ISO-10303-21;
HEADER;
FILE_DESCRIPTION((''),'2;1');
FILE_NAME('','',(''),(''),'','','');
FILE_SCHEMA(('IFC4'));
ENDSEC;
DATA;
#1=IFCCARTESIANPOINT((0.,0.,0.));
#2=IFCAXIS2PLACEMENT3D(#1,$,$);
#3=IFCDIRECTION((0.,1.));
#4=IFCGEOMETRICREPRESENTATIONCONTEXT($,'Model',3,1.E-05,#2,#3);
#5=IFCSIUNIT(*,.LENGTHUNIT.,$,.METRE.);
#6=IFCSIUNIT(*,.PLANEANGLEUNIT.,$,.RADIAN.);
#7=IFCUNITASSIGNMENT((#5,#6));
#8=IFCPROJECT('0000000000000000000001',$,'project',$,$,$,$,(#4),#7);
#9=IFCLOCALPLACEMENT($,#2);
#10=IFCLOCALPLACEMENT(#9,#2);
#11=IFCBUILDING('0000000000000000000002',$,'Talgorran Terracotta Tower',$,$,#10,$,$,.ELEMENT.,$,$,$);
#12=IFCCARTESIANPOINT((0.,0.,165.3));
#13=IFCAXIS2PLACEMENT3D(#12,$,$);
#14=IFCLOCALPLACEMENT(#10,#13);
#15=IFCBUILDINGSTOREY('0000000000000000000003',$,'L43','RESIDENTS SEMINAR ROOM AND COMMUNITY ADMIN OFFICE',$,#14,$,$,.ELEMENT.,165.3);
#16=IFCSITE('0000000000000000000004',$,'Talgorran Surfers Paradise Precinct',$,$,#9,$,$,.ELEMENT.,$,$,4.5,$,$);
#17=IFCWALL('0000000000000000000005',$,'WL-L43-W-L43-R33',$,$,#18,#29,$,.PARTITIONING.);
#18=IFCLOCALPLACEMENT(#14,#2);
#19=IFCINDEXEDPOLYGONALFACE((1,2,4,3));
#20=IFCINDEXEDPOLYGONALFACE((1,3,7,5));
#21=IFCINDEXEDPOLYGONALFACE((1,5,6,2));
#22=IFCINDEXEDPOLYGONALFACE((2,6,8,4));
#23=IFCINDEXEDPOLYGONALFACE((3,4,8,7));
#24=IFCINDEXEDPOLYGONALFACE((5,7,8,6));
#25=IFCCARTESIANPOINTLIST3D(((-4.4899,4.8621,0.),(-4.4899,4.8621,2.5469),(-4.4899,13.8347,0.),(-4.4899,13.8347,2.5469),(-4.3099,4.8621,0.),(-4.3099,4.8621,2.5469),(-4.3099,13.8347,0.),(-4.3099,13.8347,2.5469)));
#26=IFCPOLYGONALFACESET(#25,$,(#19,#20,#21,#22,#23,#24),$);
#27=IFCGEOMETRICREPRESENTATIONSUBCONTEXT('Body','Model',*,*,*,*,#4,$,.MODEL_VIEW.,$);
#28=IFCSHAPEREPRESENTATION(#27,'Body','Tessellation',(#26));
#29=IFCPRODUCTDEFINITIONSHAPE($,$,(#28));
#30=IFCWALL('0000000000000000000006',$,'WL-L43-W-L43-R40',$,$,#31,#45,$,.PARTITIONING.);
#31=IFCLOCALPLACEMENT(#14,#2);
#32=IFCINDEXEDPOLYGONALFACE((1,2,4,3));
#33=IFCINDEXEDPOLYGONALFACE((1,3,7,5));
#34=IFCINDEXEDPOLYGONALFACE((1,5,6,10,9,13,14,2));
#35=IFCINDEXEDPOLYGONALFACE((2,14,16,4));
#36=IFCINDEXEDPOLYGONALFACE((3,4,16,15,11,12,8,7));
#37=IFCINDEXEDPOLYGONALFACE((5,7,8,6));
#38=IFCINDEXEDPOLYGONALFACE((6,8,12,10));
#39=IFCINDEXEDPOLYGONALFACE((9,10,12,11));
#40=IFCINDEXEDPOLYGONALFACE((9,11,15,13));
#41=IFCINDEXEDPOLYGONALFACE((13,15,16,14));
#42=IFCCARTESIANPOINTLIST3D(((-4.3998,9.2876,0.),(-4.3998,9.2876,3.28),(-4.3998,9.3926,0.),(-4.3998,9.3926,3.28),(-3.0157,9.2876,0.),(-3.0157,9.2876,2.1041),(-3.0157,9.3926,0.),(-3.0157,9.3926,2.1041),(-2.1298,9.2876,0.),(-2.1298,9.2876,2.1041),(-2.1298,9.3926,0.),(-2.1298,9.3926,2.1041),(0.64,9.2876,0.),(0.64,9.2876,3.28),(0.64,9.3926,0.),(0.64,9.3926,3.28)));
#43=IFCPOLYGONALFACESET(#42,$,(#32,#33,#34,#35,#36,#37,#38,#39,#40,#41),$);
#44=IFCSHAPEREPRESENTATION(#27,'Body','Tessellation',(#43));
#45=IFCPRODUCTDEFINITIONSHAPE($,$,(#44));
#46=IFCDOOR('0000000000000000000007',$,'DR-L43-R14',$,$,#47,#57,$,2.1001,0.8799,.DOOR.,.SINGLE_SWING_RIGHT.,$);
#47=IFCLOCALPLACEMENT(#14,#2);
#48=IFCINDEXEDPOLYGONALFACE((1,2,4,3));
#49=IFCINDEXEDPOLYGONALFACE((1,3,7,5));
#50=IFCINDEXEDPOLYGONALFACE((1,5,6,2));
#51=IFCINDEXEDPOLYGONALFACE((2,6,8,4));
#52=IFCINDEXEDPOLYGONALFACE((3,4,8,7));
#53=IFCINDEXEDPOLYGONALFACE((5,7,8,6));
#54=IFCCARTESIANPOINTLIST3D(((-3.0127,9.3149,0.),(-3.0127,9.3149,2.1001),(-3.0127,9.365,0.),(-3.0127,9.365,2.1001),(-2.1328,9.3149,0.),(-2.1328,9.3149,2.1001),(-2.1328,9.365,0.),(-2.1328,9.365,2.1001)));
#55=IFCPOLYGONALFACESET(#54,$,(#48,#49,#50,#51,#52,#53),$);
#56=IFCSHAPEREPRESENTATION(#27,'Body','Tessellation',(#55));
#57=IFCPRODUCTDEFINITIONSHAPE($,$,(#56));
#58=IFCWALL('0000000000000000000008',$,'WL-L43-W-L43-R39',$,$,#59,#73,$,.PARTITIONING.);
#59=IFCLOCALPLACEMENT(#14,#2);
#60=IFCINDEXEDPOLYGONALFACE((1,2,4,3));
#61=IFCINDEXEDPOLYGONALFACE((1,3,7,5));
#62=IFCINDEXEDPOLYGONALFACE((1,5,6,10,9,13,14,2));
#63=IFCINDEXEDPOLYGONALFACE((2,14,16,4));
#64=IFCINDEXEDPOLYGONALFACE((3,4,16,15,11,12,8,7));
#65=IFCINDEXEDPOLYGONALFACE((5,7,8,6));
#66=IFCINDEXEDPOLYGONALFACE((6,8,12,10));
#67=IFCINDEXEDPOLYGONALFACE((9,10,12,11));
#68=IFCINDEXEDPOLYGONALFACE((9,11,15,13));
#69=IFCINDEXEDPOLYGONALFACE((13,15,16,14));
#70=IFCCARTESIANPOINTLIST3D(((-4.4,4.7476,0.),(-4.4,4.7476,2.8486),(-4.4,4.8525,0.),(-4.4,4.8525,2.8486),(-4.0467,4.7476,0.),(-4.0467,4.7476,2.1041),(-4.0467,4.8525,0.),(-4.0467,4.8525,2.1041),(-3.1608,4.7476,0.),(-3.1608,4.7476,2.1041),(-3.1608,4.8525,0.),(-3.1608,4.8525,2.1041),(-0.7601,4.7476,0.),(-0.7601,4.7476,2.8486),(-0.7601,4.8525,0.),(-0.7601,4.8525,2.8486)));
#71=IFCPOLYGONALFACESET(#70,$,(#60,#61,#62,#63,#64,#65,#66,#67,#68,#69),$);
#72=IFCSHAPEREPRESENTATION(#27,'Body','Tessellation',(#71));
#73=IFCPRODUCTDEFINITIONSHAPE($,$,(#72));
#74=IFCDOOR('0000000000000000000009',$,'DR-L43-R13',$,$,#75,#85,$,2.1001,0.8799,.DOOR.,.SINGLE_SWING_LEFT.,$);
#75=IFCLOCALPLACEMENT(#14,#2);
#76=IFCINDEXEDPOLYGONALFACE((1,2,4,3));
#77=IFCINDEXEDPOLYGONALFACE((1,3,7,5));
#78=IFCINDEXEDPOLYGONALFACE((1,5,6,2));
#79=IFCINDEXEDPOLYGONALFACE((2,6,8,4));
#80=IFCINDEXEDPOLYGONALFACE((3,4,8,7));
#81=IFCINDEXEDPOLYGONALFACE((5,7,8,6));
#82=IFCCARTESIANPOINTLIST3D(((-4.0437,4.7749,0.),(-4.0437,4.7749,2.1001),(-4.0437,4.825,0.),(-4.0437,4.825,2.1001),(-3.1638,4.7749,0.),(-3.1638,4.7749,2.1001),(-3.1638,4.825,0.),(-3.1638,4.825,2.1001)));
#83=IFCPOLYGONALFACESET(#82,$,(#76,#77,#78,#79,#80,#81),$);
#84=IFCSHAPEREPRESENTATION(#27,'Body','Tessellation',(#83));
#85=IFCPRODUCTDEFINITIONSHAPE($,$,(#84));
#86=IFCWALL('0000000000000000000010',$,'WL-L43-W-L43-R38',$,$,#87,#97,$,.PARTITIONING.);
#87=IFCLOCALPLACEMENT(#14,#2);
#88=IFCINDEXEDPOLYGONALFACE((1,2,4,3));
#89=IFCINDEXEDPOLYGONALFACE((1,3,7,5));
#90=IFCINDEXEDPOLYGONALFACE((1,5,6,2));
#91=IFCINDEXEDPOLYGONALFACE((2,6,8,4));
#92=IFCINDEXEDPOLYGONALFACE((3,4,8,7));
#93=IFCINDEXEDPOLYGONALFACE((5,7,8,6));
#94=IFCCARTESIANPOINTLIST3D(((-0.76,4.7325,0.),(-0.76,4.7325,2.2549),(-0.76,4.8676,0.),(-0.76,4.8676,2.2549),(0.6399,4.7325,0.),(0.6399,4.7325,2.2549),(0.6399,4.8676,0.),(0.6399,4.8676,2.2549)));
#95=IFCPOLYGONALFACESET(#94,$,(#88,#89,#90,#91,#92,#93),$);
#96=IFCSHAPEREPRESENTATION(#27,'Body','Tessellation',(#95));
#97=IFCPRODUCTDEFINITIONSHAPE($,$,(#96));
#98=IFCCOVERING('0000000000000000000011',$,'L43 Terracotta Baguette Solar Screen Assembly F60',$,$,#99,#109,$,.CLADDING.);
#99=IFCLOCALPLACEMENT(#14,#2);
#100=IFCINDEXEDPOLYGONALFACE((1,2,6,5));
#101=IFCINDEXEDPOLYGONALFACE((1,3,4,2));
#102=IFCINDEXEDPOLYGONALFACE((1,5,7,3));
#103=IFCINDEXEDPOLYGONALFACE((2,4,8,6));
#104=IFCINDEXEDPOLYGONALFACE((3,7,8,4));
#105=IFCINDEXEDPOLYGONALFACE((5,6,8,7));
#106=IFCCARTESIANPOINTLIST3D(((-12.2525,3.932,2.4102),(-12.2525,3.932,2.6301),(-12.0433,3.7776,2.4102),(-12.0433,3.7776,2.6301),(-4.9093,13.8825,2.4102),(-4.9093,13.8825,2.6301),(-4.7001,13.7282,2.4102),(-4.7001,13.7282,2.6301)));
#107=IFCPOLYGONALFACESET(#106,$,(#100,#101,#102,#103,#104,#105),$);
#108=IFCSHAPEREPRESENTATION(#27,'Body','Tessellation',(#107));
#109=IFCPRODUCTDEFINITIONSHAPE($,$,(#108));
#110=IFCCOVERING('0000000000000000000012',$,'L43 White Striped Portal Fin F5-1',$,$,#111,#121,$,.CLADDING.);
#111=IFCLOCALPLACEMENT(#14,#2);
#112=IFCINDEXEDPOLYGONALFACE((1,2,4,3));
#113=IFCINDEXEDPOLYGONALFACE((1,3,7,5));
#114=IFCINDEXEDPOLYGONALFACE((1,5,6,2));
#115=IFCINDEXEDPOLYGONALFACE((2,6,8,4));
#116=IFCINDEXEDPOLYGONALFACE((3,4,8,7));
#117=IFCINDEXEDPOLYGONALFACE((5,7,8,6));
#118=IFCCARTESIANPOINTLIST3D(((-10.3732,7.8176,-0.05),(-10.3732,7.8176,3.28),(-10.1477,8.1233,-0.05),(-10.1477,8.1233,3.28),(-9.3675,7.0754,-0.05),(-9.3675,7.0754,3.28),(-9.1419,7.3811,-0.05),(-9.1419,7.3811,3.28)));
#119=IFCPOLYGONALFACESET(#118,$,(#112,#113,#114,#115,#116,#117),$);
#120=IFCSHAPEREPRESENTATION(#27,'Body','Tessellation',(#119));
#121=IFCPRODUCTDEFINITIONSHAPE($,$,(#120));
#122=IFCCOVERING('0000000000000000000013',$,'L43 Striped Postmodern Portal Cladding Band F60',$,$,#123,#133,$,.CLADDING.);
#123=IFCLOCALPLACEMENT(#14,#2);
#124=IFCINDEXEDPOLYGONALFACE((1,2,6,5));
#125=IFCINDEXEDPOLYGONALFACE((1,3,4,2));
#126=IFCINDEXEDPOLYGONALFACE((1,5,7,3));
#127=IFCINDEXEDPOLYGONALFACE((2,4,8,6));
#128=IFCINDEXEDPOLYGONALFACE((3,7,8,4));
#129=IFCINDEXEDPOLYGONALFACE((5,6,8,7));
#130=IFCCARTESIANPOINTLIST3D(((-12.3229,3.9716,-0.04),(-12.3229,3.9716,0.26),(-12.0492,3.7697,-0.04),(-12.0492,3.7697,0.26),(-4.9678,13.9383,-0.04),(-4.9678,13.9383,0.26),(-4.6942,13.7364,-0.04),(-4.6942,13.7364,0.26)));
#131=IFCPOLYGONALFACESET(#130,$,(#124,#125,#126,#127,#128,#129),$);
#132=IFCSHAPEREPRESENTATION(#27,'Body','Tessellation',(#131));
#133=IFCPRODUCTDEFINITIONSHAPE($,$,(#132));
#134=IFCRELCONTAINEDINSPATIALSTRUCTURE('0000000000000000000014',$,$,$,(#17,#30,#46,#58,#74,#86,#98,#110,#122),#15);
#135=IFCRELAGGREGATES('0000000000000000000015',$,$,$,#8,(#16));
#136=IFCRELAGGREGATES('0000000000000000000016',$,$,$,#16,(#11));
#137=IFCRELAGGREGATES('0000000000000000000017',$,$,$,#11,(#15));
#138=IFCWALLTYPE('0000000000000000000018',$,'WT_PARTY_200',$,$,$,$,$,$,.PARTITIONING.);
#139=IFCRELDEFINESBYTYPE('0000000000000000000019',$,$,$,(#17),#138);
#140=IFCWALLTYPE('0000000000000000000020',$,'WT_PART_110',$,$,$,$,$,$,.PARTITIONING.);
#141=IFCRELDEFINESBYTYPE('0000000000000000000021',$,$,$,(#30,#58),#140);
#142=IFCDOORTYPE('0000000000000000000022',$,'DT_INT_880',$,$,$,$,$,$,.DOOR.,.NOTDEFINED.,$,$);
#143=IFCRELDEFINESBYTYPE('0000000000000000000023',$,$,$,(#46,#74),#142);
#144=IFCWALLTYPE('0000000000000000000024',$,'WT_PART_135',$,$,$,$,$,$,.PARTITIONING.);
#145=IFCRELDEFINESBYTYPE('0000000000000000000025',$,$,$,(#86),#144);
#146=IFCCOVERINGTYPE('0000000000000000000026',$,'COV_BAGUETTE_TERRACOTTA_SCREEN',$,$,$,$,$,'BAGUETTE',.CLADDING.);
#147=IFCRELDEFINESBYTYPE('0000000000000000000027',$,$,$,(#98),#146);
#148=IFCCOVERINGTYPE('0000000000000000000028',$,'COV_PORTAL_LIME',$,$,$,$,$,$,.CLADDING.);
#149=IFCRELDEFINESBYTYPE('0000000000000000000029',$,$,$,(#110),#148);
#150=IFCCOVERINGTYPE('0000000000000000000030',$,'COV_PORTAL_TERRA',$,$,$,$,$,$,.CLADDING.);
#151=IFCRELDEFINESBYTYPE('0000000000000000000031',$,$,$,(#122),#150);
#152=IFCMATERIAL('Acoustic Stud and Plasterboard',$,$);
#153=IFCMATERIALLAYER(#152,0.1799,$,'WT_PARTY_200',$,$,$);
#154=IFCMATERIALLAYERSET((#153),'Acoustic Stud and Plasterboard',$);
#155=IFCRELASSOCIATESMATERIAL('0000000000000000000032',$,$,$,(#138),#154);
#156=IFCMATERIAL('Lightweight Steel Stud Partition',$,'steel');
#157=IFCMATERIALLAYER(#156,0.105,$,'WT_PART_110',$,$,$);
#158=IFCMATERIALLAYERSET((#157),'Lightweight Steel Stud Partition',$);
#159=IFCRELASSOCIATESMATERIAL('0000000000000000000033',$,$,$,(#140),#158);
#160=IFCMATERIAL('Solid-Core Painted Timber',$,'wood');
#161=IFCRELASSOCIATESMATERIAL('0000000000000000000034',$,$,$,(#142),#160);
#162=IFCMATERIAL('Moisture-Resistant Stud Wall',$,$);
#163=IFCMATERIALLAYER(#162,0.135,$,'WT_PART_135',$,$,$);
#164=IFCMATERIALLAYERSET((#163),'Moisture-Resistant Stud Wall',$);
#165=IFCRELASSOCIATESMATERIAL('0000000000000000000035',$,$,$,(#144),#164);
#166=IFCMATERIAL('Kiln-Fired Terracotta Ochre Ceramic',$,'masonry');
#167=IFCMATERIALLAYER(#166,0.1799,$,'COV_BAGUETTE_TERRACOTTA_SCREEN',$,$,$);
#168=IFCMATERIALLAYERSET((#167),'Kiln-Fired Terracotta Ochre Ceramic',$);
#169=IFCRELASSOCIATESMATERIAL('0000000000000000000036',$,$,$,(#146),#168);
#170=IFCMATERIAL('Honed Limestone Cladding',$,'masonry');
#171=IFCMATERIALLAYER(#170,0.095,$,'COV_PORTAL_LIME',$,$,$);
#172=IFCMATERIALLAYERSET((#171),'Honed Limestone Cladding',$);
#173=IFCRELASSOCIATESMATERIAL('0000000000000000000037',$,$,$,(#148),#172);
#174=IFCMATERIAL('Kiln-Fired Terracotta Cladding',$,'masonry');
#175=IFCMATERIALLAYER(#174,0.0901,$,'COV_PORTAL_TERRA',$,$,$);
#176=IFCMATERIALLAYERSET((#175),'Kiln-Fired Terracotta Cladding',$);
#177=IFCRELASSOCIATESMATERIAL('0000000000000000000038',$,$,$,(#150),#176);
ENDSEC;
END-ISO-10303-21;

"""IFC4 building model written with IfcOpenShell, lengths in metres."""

from ifc_helpers import new_model, si_unit, direction, frame, frame_2d, origin, origin_2d, place, context, subcontext, project, spatial, rectangle, extrude, material, layer, layer_set, type_object, element, fill, save


model = new_model("IFC4")

# Units and contexts
model_context = context("Model", 3, precision=1e-05, world=origin(), true_north=direction((0.0, 1.0)))
body_context = subcontext(model_context, "Body", "Model", "MODEL_VIEW")
ifc_project = project(units=[si_unit("LENGTHUNIT", "METRE"), si_unit("PLANEANGLEUNIT", "RADIAN")], contexts=[model_context])

# Site, building, storey
site_placement = place(None, origin())
site = spatial("IfcSite", under=ifc_project, at=site_placement, Name="Talgorran Surfers Paradise Precinct", CompositionType="ELEMENT", RefElevation=4.5)
building_placement = place(site_placement, origin())
building = spatial("IfcBuilding", under=site, at=building_placement, Name="Talgorran Terracotta Tower", CompositionType="ELEMENT")
storey_placement = place(building_placement, frame((0.0, 0.0, 165.3)))
storey = spatial("IfcBuildingStorey", under=building, at=storey_placement, Name="L43", Description="RESIDENTS SEMINAR ROOM AND COMMUNITY ADMIN OFFICE", CompositionType="ELEMENT", Elevation=165.3)

# Wall
ifc_material_1 = material(Name="Acoustic Stud and Plasterboard")
ifc_layer_1 = layer(ifc_material_1, 0.1799, Name="WT_PARTY_200")
ifc_layer_set_1 = layer_set([ifc_layer_1], Name="Acoustic Stud and Plasterboard")
wall_type_1 = type_object("IfcWallType", Name="WT_PARTY_200", PredefinedType="PARTITIONING", material=ifc_layer_set_1)
wall_1_placement = place(storey_placement, frame((-4.3999, 4.8621, 0.0), z_axis=(0.0, 0.0, 1.0), x_axis=(0.0, 1.0, 0.0)))
element("IfcWall", 1, at=wall_1_placement, inside=storey, type_object=wall_type_1, Name="WL-L43-W-L43-R33", PredefinedType="PARTITIONING", context=body_context, shape_type="SweptSolid", body=[
    extrude(rectangle(XDim=8.9727, YDim=0.1799, at=frame_2d((4.4863, 0.0))), origin(), (0.0, 0.0, 1.0), 2.5469),
])

# Walls, openings, doors
ifc_material_2 = material(Name="Lightweight Steel Stud Partition", Category="steel")
ifc_layer_2 = layer(ifc_material_2, 0.105, Name="WT_PART_110")
ifc_layer_set_2 = layer_set([ifc_layer_2], Name="Lightweight Steel Stud Partition")
wall_type_2 = type_object("IfcWallType", Name="WT_PART_110", PredefinedType="PARTITIONING", material=ifc_layer_set_2)
wall_2_placement = place(storey_placement, frame((-4.3999, 9.3401, 0.0), z_axis=(0.0, 0.0, 1.0), x_axis=(1.0, 0.0, 0.0)))
wall_2 = element("IfcWall", 2, at=wall_2_placement, inside=storey, type_object=wall_type_2, Name="WL-L43-W-L43-R40", PredefinedType="PARTITIONING", context=body_context, shape_type="SweptSolid", body=[
    extrude(rectangle(XDim=5.0398, YDim=0.105, at=frame_2d((2.52, 0.0))), origin(), (0.0, 0.0, 1.0), 3.28),
])
opening_1_placement = place(wall_2_placement, frame((1.3872, 0.0, 0.0)))
opening_1 = element("IfcOpeningElement", 3, at=opening_1_placement, cuts=wall_2, PredefinedType="OPENING", context=body_context, shape_type="SweptSolid", body=[
    extrude(rectangle(XDim=0.8859, YDim=2.1041, at=frame_2d((0.4399, 1.052))), frame((0.0, 0.0625, 0.0), z_axis=(0.0, -1.0, 0.0), x_axis=(1.0, 0.0, 0.0)), (0.0, 0.0, 1.0), 0.125),
])
ifc_material_3 = material(Name="Solid-Core Painted Timber", Category="wood")
door_type_1 = type_object("IfcDoorType", Name="DT_INT_880", OperationType="NOTDEFINED", PredefinedType="DOOR", material=ifc_material_3)
door_1_placement = place(opening_1_placement, origin())
door_1 = element("IfcDoor", 4, at=door_1_placement, inside=storey, type_object=door_type_1, Name="DR-L43-R14", OperationType="SINGLE_SWING_RIGHT", OverallHeight=2.1001, OverallWidth=0.8799, PredefinedType="DOOR", context=body_context, shape_type="SweptSolid", body=[
    extrude(rectangle(XDim=0.8799, YDim=2.1001, at=frame_2d((0.4399, 1.05))), frame((0.0, 0.0249, 0.0), z_axis=(0.0, -1.0, 0.0), x_axis=(1.0, 0.0, 0.0)), (0.0, 0.0, 1.0), 0.05),
])
fill(opening_1, door_1)
wall_3_placement = place(storey_placement, frame((-4.3999, 4.8, 0.0), z_axis=(0.0, 0.0, 1.0), x_axis=(1.0, 0.0, 0.0)))
wall_3 = element("IfcWall", 5, at=wall_3_placement, inside=storey, type_object=wall_type_2, Name="WL-L43-W-L43-R39", PredefinedType="PARTITIONING", context=body_context, shape_type="SweptSolid", body=[
    extrude(rectangle(XDim=3.6399, YDim=0.105, at=frame_2d((1.8198, 0.0))), origin(), (0.0, 0.0, 1.0), 2.8486),
])
opening_2_placement = place(wall_3_placement, frame((0.3562, 0.0, 0.0)))
opening_2 = element("IfcOpeningElement", 6, at=opening_2_placement, cuts=wall_3, PredefinedType="OPENING", context=body_context, shape_type="SweptSolid", body=[
    extrude(rectangle(XDim=0.8859, YDim=2.1041, at=frame_2d((0.4399, 1.052))), frame((0.0, 0.0625, 0.0), z_axis=(0.0, -1.0, 0.0), x_axis=(1.0, 0.0, 0.0)), (0.0, 0.0, 1.0), 0.125),
])
door_2_placement = place(opening_2_placement, origin())
door_2 = element("IfcDoor", 7, at=door_2_placement, inside=storey, type_object=door_type_1, Name="DR-L43-R13", OperationType="SINGLE_SWING_LEFT", OverallHeight=2.1001, OverallWidth=0.8799, PredefinedType="DOOR", context=body_context, shape_type="SweptSolid", body=[
    extrude(rectangle(XDim=0.8799, YDim=2.1001, at=frame_2d((0.4399, 1.05))), frame((0.0, 0.0249, 0.0), z_axis=(0.0, -1.0, 0.0), x_axis=(1.0, 0.0, 0.0)), (0.0, 0.0, 1.0), 0.05),
])
fill(opening_2, door_2)

# Wall
ifc_material_4 = material(Name="Moisture-Resistant Stud Wall")
ifc_layer_3 = layer(ifc_material_4, 0.135, Name="WT_PART_135")
ifc_layer_set_3 = layer_set([ifc_layer_3], Name="Moisture-Resistant Stud Wall")
wall_type_3 = type_object("IfcWallType", Name="WT_PART_135", PredefinedType="PARTITIONING", material=ifc_layer_set_3)
wall_4_placement = place(storey_placement, frame((-0.76, 4.8, 0.0), z_axis=(0.0, 0.0, 1.0), x_axis=(1.0, 0.0, 0.0)))
element("IfcWall", 8, at=wall_4_placement, inside=storey, type_object=wall_type_3, Name="WL-L43-W-L43-R38", PredefinedType="PARTITIONING", context=body_context, shape_type="SweptSolid", body=[
    extrude(rectangle(XDim=1.3999, YDim=0.135, at=frame_2d((0.7, 0.0))), origin(), (0.0, 0.0, 1.0), 2.2549),
])

# Coverings
ifc_material_5 = material(Name="Kiln-Fired Terracotta Ochre Ceramic", Category="masonry")
ifc_layer_4 = layer(ifc_material_5, 0.1799, Name="COV_BAGUETTE_TERRACOTTA_SCREEN")
ifc_layer_set_4 = layer_set([ifc_layer_4], Name="Kiln-Fired Terracotta Ochre Ceramic")
covering_type_1 = type_object("IfcCoveringType", Name="COV_BAGUETTE_TERRACOTTA_SCREEN", ElementType="BAGUETTE", PredefinedType="CLADDING", material=ifc_layer_set_4)
covering_1_placement = place(storey_placement, frame((-8.4763, 8.8301, 2.4102), z_axis=(0.0, 0.0, 1.0), x_axis=(-0.593784, -0.804624, 0.0)))
element("IfcCovering", 9, at=covering_1_placement, inside=storey, type_object=covering_type_1, Name="L43 Terracotta Baguette Solar Screen Assembly F60", PredefinedType="CLADDING", context=body_context, shape_type="SweptSolid", body=[
    extrude(rectangle(XDim=12.3667, YDim=0.26, at=origin_2d()), origin(), (0.0, 0.0, 1.0), 0.22),
])
ifc_material_6 = material(Name="Honed Limestone Cladding", Category="masonry")
ifc_layer_5 = layer(ifc_material_6, 0.095, Name="COV_PORTAL_LIME")
ifc_layer_set_5 = layer_set([ifc_layer_5], Name="Honed Limestone Cladding")
covering_type_2 = type_object("IfcCoveringType", Name="COV_PORTAL_LIME", PredefinedType="CLADDING", material=ifc_layer_set_5)
covering_2_placement = place(storey_placement, frame((-9.7576, 7.5994, -0.05), z_axis=(0.0, 0.0, 1.0), x_axis=(-0.593784, -0.804624, 0.0)))
element("IfcCovering", 10, at=covering_2_placement, inside=storey, type_object=covering_type_2, Name="L43 White Striped Portal Fin F5-1", PredefinedType="CLADDING", context=body_context, shape_type="SweptSolid", body=[
    extrude(rectangle(XDim=0.3799, YDim=1.25, at=origin_2d()), origin(), (0.0, 0.0, 1.0), 3.3301),
])
ifc_material_7 = material(Name="Kiln-Fired Terracotta Cladding", Category="masonry")
ifc_layer_6 = layer(ifc_material_7, 0.0901, Name="COV_PORTAL_TERRA")
ifc_layer_set_6 = layer_set([ifc_layer_6], Name="Kiln-Fired Terracotta Cladding")
covering_type_3 = type_object("IfcCoveringType", Name="COV_PORTAL_TERRA", PredefinedType="CLADDING", material=ifc_layer_set_6)
covering_3_placement = place(storey_placement, frame((-8.5085, 8.854, -0.04), z_axis=(0.0, 0.0, 1.0), x_axis=(-0.593784, -0.804624, 0.0)))
element("IfcCovering", 11, at=covering_3_placement, inside=storey, type_object=covering_type_3, Name="L43 Striped Postmodern Portal Cladding Band F60", PredefinedType="CLADDING", context=body_context, shape_type="SweptSolid", body=[
    extrude(rectangle(XDim=12.3867, YDim=0.3401, at=origin_2d()), origin(), (0.0, 0.0, 1.0), 0.3),
])

save(model, "model.ifc")
